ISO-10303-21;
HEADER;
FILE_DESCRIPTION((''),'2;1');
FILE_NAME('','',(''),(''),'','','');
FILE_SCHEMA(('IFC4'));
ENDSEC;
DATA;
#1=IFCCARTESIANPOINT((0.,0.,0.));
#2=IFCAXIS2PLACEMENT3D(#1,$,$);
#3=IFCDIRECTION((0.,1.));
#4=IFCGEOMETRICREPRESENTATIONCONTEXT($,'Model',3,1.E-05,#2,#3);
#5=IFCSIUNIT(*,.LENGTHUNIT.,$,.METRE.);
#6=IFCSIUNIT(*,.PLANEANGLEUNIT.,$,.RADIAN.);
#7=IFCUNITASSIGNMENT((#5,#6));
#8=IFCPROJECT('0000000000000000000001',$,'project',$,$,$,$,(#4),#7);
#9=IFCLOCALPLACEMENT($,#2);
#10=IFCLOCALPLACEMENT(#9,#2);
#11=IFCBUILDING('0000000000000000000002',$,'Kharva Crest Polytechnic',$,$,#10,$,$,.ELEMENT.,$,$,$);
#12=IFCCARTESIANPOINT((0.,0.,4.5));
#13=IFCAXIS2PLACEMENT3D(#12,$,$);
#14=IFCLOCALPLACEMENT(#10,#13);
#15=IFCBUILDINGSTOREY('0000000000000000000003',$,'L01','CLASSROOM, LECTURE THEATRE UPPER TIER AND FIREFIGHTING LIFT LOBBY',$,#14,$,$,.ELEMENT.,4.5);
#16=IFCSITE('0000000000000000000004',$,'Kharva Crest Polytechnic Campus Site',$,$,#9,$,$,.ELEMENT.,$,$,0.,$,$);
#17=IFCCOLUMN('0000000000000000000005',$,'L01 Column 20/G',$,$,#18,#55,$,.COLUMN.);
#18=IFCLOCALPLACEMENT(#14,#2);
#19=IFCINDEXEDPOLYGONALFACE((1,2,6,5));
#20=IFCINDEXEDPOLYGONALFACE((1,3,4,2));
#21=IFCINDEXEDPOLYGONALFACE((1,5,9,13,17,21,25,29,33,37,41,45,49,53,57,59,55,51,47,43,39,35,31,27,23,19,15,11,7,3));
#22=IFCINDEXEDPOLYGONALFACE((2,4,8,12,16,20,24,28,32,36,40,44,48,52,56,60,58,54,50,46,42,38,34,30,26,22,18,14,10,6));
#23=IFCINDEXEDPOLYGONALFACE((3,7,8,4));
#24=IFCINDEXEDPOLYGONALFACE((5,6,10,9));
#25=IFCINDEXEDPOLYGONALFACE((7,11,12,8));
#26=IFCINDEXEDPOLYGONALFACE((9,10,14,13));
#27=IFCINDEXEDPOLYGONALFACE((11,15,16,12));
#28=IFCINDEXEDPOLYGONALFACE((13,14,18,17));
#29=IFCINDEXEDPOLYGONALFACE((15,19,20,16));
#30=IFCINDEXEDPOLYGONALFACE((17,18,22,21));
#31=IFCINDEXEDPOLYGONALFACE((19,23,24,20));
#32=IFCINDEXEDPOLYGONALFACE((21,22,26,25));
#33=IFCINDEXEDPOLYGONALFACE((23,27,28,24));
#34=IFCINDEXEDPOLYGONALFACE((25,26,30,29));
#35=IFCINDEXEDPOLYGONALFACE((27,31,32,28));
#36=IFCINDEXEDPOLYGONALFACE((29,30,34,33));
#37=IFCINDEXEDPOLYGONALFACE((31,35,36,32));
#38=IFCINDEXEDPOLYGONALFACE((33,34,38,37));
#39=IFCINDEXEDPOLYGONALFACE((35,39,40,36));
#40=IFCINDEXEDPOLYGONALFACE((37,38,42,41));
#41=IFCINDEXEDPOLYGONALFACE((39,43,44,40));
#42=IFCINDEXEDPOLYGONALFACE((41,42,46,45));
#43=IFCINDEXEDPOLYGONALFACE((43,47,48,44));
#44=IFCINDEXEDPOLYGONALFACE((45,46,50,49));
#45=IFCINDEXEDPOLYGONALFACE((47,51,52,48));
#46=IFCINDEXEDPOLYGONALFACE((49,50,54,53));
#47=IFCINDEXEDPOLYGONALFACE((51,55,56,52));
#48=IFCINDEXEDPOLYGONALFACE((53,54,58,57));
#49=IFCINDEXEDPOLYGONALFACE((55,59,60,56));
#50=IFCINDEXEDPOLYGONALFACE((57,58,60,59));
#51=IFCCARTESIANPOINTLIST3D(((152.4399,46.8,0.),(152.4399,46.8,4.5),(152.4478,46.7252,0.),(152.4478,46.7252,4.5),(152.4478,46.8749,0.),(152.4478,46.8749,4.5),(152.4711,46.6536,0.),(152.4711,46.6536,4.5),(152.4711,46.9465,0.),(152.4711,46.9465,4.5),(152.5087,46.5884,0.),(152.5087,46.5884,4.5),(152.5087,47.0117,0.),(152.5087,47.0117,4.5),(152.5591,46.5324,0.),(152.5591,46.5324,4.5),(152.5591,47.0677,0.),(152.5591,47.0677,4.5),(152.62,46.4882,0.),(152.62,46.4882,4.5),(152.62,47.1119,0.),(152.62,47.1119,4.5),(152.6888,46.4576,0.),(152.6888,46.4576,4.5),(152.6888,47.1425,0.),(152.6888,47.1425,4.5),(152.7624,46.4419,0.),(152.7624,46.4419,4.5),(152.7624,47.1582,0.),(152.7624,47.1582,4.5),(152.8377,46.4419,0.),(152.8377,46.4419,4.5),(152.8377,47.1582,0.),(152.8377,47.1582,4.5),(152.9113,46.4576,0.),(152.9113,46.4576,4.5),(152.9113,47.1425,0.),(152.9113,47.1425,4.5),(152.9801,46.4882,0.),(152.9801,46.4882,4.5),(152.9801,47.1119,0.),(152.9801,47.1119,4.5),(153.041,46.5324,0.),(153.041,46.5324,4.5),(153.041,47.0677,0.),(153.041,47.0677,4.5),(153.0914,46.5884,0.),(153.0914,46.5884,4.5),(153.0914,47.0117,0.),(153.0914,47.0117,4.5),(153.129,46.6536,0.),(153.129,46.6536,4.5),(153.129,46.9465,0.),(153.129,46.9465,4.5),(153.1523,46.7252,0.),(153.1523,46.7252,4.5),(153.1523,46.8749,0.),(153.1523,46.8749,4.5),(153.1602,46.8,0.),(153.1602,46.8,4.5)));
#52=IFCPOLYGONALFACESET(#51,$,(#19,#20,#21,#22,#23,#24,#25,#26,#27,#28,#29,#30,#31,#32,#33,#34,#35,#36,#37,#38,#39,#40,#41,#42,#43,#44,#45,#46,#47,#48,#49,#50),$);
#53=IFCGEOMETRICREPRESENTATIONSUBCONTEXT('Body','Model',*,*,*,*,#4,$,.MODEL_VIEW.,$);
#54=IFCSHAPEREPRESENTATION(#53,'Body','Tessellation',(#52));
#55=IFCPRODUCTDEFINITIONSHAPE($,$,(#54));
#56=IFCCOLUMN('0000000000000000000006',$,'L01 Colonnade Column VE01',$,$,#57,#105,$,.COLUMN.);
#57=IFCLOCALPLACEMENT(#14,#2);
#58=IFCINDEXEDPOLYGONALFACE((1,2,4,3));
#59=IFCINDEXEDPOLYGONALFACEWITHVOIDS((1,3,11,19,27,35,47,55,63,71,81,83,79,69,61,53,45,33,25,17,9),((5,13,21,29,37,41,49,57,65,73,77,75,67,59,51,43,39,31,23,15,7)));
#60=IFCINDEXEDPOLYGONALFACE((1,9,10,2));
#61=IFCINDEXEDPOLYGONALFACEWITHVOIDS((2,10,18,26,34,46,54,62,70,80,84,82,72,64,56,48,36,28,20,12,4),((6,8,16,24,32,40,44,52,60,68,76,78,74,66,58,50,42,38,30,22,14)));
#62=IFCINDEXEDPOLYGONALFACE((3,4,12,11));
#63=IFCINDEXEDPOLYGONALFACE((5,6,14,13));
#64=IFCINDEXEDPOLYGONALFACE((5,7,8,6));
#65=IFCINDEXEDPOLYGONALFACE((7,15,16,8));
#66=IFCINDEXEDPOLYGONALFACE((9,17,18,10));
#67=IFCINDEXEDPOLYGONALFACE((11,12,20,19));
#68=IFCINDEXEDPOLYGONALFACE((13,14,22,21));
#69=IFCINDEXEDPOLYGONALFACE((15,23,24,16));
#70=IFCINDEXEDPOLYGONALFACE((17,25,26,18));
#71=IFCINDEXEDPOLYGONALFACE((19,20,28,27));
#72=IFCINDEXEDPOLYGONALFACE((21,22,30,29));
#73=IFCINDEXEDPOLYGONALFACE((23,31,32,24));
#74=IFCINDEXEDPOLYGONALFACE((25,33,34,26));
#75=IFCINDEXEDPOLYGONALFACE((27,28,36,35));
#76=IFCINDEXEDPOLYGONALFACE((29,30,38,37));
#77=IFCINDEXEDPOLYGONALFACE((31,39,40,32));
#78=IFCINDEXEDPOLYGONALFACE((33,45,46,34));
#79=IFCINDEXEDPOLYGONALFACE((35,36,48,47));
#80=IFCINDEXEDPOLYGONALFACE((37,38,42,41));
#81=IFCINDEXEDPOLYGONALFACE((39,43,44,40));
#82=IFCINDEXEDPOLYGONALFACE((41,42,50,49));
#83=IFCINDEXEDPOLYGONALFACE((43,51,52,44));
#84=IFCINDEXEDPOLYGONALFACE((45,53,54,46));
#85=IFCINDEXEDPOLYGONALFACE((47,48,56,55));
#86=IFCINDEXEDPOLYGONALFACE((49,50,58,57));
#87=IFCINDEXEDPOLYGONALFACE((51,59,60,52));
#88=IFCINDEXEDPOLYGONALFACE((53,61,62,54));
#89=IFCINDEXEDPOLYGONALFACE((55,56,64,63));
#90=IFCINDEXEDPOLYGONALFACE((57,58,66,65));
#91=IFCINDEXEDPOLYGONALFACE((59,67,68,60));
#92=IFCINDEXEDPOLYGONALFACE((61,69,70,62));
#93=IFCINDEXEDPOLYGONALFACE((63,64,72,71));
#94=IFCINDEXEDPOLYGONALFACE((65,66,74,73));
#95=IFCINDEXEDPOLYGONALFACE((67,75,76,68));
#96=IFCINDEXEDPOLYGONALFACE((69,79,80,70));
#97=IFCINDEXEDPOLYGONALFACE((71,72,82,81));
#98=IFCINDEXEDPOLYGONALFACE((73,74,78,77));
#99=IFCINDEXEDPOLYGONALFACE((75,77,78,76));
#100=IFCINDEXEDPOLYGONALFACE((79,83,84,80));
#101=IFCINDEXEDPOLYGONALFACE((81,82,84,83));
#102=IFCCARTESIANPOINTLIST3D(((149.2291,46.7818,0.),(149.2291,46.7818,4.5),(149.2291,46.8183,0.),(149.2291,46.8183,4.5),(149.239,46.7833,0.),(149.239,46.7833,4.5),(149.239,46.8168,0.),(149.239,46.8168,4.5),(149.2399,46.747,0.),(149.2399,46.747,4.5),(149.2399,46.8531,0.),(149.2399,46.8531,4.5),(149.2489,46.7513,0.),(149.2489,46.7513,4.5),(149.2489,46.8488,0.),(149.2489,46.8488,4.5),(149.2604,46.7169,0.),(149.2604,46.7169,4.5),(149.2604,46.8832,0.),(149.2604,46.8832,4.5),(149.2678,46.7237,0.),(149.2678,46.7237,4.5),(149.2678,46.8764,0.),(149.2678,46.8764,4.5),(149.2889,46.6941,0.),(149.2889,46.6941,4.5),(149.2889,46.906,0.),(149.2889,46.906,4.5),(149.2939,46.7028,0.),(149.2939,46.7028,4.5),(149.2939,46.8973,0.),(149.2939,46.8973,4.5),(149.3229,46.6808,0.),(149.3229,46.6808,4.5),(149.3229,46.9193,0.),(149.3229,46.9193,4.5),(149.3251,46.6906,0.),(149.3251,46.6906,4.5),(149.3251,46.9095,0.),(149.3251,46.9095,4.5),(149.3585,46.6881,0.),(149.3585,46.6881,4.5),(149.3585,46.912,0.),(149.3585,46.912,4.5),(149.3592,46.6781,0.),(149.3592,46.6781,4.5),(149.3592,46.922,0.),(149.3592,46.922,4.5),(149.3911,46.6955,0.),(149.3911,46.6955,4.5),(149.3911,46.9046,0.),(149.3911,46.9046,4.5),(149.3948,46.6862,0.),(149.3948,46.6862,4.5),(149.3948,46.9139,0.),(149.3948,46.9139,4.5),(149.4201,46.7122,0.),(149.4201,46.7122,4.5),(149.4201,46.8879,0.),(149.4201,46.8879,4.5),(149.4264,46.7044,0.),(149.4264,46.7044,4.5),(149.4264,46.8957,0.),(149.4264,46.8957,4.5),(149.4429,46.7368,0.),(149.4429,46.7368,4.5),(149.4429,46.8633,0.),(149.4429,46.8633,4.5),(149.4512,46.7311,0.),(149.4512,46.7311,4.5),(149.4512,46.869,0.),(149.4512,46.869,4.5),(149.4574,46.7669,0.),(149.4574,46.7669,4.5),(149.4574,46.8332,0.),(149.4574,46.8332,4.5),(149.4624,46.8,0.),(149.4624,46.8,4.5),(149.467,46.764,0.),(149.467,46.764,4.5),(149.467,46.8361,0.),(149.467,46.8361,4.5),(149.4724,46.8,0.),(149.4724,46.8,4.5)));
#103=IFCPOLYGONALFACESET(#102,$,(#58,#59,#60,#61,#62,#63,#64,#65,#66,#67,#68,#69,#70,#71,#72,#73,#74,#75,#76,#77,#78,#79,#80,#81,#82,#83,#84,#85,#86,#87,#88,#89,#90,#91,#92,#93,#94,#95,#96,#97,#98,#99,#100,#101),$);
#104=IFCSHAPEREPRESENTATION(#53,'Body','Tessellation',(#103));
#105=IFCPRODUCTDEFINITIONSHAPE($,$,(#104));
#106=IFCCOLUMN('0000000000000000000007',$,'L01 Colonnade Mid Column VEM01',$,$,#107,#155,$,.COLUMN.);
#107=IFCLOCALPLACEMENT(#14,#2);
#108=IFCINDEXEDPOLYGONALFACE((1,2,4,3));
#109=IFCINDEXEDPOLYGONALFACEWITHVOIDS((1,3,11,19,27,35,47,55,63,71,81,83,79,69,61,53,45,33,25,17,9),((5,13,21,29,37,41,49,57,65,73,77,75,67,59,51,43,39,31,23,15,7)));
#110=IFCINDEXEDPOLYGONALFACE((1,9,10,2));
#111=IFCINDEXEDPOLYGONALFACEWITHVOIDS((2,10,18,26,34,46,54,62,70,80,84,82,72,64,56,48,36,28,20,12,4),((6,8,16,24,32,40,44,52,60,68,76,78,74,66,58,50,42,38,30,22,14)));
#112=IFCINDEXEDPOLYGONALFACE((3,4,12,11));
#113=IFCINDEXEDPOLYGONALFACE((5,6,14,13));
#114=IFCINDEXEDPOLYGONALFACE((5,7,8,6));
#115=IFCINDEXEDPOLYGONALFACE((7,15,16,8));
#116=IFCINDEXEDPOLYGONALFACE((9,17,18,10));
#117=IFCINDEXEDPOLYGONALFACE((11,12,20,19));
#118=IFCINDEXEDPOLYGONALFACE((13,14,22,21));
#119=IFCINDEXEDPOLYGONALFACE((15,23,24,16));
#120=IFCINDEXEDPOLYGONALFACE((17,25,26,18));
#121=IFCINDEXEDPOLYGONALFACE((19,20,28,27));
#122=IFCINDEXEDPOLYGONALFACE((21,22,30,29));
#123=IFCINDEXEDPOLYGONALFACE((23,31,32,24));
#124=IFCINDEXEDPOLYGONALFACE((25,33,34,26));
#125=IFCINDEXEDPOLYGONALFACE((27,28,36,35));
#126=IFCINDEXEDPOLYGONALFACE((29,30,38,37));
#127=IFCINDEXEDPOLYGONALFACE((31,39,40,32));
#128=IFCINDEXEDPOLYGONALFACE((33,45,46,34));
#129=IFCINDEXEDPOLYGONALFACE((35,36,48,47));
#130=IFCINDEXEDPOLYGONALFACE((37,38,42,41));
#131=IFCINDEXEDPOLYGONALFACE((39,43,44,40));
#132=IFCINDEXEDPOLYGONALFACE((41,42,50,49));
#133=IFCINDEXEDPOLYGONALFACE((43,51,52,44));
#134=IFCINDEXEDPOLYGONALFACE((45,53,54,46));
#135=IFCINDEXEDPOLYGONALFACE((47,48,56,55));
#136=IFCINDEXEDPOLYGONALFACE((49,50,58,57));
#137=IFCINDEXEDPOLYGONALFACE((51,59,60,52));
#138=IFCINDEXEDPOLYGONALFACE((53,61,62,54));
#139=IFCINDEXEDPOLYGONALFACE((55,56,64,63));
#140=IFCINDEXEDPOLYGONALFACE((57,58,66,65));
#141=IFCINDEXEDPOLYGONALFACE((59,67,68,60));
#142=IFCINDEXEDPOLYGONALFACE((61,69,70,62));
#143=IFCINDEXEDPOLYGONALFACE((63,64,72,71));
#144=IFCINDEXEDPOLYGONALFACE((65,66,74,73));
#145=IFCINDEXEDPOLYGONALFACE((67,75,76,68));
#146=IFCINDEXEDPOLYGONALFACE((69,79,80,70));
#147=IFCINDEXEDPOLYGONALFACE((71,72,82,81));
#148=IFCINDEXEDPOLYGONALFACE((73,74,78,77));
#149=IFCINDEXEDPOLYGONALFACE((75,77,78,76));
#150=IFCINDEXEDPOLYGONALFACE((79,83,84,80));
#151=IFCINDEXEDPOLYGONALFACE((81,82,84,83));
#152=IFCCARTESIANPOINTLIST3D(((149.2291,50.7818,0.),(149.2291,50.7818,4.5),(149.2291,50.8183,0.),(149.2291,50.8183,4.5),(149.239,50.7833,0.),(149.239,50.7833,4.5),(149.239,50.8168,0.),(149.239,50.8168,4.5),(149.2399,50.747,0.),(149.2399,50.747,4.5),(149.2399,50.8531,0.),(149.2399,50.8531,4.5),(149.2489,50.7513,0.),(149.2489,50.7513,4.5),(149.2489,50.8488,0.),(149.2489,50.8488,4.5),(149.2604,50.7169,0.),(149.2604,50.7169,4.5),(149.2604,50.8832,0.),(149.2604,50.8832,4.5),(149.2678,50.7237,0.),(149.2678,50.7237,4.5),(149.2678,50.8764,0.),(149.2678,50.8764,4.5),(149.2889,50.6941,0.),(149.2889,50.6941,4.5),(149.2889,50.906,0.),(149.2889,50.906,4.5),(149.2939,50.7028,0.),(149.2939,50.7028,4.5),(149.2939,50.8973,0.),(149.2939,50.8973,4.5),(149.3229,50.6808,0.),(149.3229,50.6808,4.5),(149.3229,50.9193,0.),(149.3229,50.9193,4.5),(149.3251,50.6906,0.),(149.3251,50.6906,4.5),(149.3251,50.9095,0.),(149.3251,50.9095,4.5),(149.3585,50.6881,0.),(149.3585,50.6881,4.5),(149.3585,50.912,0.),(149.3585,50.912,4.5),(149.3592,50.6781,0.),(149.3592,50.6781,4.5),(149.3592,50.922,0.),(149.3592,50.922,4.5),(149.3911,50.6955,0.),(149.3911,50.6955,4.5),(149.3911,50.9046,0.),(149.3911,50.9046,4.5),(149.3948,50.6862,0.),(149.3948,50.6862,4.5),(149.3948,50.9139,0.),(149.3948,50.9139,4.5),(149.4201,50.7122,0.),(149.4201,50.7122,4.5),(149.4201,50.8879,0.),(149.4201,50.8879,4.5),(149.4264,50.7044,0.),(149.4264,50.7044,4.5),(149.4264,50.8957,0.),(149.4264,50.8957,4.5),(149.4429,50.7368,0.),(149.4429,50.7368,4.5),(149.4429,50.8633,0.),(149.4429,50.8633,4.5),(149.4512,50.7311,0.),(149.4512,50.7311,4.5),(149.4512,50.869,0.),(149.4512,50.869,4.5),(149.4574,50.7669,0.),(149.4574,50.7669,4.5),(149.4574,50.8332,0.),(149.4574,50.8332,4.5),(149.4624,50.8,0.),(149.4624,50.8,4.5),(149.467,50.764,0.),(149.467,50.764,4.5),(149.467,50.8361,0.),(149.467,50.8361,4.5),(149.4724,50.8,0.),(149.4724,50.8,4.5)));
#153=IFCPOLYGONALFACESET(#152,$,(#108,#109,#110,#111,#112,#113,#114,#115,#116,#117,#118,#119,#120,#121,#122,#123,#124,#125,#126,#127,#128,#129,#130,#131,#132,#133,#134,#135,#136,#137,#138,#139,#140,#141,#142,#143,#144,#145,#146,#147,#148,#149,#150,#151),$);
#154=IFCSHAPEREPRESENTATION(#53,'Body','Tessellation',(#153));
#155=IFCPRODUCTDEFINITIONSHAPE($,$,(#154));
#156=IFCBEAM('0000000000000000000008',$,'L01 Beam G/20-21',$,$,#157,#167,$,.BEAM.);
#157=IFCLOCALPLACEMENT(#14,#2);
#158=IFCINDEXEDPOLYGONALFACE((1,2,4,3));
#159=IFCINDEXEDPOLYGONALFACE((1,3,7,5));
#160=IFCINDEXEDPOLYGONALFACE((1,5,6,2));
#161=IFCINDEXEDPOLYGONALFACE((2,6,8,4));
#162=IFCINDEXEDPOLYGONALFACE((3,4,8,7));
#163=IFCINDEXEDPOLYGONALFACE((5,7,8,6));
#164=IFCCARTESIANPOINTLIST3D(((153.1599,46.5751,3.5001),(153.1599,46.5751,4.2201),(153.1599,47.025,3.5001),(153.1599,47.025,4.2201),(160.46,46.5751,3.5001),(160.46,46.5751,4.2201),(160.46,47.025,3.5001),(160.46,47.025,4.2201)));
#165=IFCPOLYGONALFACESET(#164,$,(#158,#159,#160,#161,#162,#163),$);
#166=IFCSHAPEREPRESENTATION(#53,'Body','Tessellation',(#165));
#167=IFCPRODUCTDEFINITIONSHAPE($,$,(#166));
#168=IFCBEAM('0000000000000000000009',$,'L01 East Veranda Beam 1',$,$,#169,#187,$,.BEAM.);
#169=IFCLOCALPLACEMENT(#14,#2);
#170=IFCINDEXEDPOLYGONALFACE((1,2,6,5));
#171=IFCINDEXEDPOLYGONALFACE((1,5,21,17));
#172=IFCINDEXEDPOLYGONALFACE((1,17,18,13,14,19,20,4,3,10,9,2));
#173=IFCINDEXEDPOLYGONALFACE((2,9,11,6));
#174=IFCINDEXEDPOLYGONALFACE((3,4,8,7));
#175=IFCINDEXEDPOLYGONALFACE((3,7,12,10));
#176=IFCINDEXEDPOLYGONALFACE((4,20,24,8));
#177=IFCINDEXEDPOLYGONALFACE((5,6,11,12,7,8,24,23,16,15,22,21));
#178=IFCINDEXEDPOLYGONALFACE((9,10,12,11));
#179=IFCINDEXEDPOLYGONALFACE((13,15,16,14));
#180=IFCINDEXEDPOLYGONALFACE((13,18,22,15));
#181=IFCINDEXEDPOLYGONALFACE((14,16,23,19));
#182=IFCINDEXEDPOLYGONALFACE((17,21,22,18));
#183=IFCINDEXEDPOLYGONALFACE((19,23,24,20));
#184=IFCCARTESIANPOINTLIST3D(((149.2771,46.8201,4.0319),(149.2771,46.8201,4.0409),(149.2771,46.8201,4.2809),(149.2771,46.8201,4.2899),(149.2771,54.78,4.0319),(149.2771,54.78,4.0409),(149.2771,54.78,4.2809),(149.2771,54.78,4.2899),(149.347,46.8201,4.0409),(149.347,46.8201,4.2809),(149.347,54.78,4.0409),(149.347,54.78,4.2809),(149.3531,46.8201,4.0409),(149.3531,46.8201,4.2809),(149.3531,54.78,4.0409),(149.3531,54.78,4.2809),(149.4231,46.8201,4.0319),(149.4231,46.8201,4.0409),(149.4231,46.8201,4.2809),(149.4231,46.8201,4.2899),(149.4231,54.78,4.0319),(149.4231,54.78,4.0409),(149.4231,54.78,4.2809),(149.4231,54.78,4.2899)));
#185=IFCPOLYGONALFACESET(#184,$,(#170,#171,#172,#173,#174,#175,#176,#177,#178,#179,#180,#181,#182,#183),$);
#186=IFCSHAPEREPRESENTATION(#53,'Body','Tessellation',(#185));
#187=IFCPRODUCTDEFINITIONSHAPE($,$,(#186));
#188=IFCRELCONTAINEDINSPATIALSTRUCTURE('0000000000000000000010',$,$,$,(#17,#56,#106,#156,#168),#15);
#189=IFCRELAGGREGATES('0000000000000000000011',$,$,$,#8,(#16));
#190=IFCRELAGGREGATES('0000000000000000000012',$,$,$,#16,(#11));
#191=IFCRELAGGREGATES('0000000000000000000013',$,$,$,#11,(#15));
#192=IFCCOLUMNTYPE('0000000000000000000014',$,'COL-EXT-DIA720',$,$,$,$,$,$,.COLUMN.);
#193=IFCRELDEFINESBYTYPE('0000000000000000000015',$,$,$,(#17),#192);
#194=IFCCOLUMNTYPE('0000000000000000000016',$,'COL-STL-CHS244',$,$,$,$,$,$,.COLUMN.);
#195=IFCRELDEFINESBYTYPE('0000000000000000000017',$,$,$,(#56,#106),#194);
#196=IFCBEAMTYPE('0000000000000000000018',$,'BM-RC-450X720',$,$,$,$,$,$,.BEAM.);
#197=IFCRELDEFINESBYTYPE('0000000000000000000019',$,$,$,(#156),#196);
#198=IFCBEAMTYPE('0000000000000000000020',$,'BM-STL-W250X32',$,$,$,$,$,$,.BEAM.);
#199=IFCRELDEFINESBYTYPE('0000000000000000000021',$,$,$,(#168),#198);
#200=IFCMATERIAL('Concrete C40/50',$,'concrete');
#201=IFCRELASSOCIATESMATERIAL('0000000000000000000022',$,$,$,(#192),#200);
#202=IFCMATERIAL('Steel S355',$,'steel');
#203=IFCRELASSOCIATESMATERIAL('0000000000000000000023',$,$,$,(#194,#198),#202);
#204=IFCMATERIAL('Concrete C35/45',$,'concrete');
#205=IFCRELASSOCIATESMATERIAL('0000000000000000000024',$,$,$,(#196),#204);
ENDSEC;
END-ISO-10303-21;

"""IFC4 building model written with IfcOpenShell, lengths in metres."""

from ifc_helpers import new_model, si_unit, direction, frame, origin, origin_2d, place, context, subcontext, project, spatial, rectangle, circle, hollow_circle, i_section, extrude, material, material_profile, profile_set, type_object, element, save


model = new_model("IFC4")

# Units and contexts
model_context = context("Model", 3, precision=1e-05, world=origin(), true_north=direction((0.0, 1.0)))
body_context = subcontext(model_context, "Body", "Model", "MODEL_VIEW")
ifc_project = project(units=[si_unit("LENGTHUNIT", "METRE"), si_unit("PLANEANGLEUNIT", "RADIAN")], contexts=[model_context])

# Site, building, storey
site_placement = place(None, origin())
site = spatial("IfcSite", under=ifc_project, at=site_placement, Name="Kharva Crest Polytechnic Campus Site", CompositionType="ELEMENT", RefElevation=0.0)
building_placement = place(site_placement, origin())
building = spatial("IfcBuilding", under=site, at=building_placement, Name="Kharva Crest Polytechnic", CompositionType="ELEMENT")
storey_placement = place(building_placement, frame((0.0, 0.0, 4.5)))
storey = spatial("IfcBuildingStorey", under=building, at=storey_placement, Name="L01", Description="CLASSROOM, LECTURE THEATRE UPPER TIER AND FIREFIGHTING LIFT LOBBY", CompositionType="ELEMENT", Elevation=4.5)

# Columns
ifc_material_1 = material(Name="Concrete C40/50", Category="concrete")
ifc_material_profile_1 = material_profile(ifc_material_1, circle(Radius=0.3601, at=origin_2d()), Name="DIA 720")
ifc_profile_set_1 = profile_set([ifc_material_profile_1], Name="Concrete C40/50")
column_type_1 = type_object("IfcColumnType", Name="COL-EXT-DIA720", PredefinedType="COLUMN", material=ifc_profile_set_1)
column_placement = place(storey_placement, frame((152.8, 46.8, 0.0), z_axis=(0.0, 0.0, 1.0), x_axis=(1.0, 0.0, 0.0)))
element("IfcColumn", 1, at=column_placement, inside=storey, type_object=column_type_1, Name="L01 Column 20/G", PredefinedType="COLUMN", context=body_context, shape_type="SweptSolid", body=[
    extrude(circle(Radius=0.3601, at=origin_2d()), origin(), (0.0, 0.0, 1.0), 4.5),
])
ifc_material_2 = material(Name="Steel S355", Category="steel")
ifc_material_profile_2 = material_profile(ifc_material_2, hollow_circle(Radius=0.1223, WallThickness=0.01, at=origin_2d()), Name="CHS 244.5X10.0")
ifc_profile_set_2 = profile_set([ifc_material_profile_2], Name="Steel S355")
column_type_2 = type_object("IfcColumnType", Name="COL-STL-CHS244", PredefinedType="COLUMN", material=ifc_profile_set_2)
for number, where, z_axis, x_axis, name in (
    (2, (149.3501, 46.8, 0.0), (0.0, 0.0, 1.0), (1.0, 0.0, 0.0), "L01 Colonnade Column VE01"),
    (3, (149.3501, 50.8, 0.0), (0.0, 0.0, 1.0), (1.0, 0.0, 0.0), "L01 Colonnade Mid Column VEM01"),
):
    element("IfcColumn", number, at=place(storey_placement, frame(where, z_axis=z_axis, x_axis=x_axis)), inside=storey, type_object=column_type_2, Name=name, PredefinedType="COLUMN", context=body_context, shape_type="SweptSolid", body=[
        extrude(hollow_circle(Radius=0.1223, WallThickness=0.01, at=origin_2d()), origin(), (0.0, 0.0, 1.0), 4.5),
    ])

# Beams
ifc_material_3 = material(Name="Concrete C35/45", Category="concrete")
ifc_material_profile_3 = material_profile(ifc_material_3, rectangle(XDim=0.45, YDim=0.72, at=origin_2d()), Name="RECT 450 X 720")
ifc_profile_set_3 = profile_set([ifc_material_profile_3], Name="Concrete C35/45")
beam_type_1 = type_object("IfcBeamType", Name="BM-RC-450X720", PredefinedType="BEAM", material=ifc_profile_set_3)
beam_1_placement = place(storey_placement, frame((153.1599, 46.8, 3.8601), z_axis=(1.0, 0.0, 0.0), x_axis=(0.0, 1.0, 0.0)))
element("IfcBeam", 4, at=beam_1_placement, inside=storey, type_object=beam_type_1, Name="L01 Beam G/20-21", PredefinedType="BEAM", context=body_context, shape_type="SweptSolid", body=[
    extrude(rectangle(XDim=0.45, YDim=0.72, at=origin_2d()), origin(), (0.0, 0.0, 1.0), 7.3),
])
ifc_material_profile_4 = material_profile(ifc_material_2, i_section(OverallWidth=0.146, OverallDepth=0.2581, WebThickness=0.0061, FlangeThickness=0.009, at=origin_2d()), Name="W250X32.7")
ifc_profile_set_4 = profile_set([ifc_material_profile_4], Name="Steel S355")
beam_type_2 = type_object("IfcBeamType", Name="BM-STL-W250X32", PredefinedType="BEAM", material=ifc_profile_set_4)
beam_2_placement = place(storey_placement, frame((149.3501, 46.8201, 4.1609), z_axis=(0.0, 1.0, 0.0), x_axis=(-1.0, 0.0, 0.0)))
element("IfcBeam", 5, at=beam_2_placement, inside=storey, type_object=beam_type_2, Name="L01 East Veranda Beam 1", PredefinedType="BEAM", context=body_context, shape_type="SweptSolid", body=[
    extrude(i_section(OverallWidth=0.146, OverallDepth=0.2581, WebThickness=0.0061, FlangeThickness=0.009, at=origin_2d()), origin(), (0.0, 0.0, 1.0), 7.96),
])

save(model, "model.ifc")
